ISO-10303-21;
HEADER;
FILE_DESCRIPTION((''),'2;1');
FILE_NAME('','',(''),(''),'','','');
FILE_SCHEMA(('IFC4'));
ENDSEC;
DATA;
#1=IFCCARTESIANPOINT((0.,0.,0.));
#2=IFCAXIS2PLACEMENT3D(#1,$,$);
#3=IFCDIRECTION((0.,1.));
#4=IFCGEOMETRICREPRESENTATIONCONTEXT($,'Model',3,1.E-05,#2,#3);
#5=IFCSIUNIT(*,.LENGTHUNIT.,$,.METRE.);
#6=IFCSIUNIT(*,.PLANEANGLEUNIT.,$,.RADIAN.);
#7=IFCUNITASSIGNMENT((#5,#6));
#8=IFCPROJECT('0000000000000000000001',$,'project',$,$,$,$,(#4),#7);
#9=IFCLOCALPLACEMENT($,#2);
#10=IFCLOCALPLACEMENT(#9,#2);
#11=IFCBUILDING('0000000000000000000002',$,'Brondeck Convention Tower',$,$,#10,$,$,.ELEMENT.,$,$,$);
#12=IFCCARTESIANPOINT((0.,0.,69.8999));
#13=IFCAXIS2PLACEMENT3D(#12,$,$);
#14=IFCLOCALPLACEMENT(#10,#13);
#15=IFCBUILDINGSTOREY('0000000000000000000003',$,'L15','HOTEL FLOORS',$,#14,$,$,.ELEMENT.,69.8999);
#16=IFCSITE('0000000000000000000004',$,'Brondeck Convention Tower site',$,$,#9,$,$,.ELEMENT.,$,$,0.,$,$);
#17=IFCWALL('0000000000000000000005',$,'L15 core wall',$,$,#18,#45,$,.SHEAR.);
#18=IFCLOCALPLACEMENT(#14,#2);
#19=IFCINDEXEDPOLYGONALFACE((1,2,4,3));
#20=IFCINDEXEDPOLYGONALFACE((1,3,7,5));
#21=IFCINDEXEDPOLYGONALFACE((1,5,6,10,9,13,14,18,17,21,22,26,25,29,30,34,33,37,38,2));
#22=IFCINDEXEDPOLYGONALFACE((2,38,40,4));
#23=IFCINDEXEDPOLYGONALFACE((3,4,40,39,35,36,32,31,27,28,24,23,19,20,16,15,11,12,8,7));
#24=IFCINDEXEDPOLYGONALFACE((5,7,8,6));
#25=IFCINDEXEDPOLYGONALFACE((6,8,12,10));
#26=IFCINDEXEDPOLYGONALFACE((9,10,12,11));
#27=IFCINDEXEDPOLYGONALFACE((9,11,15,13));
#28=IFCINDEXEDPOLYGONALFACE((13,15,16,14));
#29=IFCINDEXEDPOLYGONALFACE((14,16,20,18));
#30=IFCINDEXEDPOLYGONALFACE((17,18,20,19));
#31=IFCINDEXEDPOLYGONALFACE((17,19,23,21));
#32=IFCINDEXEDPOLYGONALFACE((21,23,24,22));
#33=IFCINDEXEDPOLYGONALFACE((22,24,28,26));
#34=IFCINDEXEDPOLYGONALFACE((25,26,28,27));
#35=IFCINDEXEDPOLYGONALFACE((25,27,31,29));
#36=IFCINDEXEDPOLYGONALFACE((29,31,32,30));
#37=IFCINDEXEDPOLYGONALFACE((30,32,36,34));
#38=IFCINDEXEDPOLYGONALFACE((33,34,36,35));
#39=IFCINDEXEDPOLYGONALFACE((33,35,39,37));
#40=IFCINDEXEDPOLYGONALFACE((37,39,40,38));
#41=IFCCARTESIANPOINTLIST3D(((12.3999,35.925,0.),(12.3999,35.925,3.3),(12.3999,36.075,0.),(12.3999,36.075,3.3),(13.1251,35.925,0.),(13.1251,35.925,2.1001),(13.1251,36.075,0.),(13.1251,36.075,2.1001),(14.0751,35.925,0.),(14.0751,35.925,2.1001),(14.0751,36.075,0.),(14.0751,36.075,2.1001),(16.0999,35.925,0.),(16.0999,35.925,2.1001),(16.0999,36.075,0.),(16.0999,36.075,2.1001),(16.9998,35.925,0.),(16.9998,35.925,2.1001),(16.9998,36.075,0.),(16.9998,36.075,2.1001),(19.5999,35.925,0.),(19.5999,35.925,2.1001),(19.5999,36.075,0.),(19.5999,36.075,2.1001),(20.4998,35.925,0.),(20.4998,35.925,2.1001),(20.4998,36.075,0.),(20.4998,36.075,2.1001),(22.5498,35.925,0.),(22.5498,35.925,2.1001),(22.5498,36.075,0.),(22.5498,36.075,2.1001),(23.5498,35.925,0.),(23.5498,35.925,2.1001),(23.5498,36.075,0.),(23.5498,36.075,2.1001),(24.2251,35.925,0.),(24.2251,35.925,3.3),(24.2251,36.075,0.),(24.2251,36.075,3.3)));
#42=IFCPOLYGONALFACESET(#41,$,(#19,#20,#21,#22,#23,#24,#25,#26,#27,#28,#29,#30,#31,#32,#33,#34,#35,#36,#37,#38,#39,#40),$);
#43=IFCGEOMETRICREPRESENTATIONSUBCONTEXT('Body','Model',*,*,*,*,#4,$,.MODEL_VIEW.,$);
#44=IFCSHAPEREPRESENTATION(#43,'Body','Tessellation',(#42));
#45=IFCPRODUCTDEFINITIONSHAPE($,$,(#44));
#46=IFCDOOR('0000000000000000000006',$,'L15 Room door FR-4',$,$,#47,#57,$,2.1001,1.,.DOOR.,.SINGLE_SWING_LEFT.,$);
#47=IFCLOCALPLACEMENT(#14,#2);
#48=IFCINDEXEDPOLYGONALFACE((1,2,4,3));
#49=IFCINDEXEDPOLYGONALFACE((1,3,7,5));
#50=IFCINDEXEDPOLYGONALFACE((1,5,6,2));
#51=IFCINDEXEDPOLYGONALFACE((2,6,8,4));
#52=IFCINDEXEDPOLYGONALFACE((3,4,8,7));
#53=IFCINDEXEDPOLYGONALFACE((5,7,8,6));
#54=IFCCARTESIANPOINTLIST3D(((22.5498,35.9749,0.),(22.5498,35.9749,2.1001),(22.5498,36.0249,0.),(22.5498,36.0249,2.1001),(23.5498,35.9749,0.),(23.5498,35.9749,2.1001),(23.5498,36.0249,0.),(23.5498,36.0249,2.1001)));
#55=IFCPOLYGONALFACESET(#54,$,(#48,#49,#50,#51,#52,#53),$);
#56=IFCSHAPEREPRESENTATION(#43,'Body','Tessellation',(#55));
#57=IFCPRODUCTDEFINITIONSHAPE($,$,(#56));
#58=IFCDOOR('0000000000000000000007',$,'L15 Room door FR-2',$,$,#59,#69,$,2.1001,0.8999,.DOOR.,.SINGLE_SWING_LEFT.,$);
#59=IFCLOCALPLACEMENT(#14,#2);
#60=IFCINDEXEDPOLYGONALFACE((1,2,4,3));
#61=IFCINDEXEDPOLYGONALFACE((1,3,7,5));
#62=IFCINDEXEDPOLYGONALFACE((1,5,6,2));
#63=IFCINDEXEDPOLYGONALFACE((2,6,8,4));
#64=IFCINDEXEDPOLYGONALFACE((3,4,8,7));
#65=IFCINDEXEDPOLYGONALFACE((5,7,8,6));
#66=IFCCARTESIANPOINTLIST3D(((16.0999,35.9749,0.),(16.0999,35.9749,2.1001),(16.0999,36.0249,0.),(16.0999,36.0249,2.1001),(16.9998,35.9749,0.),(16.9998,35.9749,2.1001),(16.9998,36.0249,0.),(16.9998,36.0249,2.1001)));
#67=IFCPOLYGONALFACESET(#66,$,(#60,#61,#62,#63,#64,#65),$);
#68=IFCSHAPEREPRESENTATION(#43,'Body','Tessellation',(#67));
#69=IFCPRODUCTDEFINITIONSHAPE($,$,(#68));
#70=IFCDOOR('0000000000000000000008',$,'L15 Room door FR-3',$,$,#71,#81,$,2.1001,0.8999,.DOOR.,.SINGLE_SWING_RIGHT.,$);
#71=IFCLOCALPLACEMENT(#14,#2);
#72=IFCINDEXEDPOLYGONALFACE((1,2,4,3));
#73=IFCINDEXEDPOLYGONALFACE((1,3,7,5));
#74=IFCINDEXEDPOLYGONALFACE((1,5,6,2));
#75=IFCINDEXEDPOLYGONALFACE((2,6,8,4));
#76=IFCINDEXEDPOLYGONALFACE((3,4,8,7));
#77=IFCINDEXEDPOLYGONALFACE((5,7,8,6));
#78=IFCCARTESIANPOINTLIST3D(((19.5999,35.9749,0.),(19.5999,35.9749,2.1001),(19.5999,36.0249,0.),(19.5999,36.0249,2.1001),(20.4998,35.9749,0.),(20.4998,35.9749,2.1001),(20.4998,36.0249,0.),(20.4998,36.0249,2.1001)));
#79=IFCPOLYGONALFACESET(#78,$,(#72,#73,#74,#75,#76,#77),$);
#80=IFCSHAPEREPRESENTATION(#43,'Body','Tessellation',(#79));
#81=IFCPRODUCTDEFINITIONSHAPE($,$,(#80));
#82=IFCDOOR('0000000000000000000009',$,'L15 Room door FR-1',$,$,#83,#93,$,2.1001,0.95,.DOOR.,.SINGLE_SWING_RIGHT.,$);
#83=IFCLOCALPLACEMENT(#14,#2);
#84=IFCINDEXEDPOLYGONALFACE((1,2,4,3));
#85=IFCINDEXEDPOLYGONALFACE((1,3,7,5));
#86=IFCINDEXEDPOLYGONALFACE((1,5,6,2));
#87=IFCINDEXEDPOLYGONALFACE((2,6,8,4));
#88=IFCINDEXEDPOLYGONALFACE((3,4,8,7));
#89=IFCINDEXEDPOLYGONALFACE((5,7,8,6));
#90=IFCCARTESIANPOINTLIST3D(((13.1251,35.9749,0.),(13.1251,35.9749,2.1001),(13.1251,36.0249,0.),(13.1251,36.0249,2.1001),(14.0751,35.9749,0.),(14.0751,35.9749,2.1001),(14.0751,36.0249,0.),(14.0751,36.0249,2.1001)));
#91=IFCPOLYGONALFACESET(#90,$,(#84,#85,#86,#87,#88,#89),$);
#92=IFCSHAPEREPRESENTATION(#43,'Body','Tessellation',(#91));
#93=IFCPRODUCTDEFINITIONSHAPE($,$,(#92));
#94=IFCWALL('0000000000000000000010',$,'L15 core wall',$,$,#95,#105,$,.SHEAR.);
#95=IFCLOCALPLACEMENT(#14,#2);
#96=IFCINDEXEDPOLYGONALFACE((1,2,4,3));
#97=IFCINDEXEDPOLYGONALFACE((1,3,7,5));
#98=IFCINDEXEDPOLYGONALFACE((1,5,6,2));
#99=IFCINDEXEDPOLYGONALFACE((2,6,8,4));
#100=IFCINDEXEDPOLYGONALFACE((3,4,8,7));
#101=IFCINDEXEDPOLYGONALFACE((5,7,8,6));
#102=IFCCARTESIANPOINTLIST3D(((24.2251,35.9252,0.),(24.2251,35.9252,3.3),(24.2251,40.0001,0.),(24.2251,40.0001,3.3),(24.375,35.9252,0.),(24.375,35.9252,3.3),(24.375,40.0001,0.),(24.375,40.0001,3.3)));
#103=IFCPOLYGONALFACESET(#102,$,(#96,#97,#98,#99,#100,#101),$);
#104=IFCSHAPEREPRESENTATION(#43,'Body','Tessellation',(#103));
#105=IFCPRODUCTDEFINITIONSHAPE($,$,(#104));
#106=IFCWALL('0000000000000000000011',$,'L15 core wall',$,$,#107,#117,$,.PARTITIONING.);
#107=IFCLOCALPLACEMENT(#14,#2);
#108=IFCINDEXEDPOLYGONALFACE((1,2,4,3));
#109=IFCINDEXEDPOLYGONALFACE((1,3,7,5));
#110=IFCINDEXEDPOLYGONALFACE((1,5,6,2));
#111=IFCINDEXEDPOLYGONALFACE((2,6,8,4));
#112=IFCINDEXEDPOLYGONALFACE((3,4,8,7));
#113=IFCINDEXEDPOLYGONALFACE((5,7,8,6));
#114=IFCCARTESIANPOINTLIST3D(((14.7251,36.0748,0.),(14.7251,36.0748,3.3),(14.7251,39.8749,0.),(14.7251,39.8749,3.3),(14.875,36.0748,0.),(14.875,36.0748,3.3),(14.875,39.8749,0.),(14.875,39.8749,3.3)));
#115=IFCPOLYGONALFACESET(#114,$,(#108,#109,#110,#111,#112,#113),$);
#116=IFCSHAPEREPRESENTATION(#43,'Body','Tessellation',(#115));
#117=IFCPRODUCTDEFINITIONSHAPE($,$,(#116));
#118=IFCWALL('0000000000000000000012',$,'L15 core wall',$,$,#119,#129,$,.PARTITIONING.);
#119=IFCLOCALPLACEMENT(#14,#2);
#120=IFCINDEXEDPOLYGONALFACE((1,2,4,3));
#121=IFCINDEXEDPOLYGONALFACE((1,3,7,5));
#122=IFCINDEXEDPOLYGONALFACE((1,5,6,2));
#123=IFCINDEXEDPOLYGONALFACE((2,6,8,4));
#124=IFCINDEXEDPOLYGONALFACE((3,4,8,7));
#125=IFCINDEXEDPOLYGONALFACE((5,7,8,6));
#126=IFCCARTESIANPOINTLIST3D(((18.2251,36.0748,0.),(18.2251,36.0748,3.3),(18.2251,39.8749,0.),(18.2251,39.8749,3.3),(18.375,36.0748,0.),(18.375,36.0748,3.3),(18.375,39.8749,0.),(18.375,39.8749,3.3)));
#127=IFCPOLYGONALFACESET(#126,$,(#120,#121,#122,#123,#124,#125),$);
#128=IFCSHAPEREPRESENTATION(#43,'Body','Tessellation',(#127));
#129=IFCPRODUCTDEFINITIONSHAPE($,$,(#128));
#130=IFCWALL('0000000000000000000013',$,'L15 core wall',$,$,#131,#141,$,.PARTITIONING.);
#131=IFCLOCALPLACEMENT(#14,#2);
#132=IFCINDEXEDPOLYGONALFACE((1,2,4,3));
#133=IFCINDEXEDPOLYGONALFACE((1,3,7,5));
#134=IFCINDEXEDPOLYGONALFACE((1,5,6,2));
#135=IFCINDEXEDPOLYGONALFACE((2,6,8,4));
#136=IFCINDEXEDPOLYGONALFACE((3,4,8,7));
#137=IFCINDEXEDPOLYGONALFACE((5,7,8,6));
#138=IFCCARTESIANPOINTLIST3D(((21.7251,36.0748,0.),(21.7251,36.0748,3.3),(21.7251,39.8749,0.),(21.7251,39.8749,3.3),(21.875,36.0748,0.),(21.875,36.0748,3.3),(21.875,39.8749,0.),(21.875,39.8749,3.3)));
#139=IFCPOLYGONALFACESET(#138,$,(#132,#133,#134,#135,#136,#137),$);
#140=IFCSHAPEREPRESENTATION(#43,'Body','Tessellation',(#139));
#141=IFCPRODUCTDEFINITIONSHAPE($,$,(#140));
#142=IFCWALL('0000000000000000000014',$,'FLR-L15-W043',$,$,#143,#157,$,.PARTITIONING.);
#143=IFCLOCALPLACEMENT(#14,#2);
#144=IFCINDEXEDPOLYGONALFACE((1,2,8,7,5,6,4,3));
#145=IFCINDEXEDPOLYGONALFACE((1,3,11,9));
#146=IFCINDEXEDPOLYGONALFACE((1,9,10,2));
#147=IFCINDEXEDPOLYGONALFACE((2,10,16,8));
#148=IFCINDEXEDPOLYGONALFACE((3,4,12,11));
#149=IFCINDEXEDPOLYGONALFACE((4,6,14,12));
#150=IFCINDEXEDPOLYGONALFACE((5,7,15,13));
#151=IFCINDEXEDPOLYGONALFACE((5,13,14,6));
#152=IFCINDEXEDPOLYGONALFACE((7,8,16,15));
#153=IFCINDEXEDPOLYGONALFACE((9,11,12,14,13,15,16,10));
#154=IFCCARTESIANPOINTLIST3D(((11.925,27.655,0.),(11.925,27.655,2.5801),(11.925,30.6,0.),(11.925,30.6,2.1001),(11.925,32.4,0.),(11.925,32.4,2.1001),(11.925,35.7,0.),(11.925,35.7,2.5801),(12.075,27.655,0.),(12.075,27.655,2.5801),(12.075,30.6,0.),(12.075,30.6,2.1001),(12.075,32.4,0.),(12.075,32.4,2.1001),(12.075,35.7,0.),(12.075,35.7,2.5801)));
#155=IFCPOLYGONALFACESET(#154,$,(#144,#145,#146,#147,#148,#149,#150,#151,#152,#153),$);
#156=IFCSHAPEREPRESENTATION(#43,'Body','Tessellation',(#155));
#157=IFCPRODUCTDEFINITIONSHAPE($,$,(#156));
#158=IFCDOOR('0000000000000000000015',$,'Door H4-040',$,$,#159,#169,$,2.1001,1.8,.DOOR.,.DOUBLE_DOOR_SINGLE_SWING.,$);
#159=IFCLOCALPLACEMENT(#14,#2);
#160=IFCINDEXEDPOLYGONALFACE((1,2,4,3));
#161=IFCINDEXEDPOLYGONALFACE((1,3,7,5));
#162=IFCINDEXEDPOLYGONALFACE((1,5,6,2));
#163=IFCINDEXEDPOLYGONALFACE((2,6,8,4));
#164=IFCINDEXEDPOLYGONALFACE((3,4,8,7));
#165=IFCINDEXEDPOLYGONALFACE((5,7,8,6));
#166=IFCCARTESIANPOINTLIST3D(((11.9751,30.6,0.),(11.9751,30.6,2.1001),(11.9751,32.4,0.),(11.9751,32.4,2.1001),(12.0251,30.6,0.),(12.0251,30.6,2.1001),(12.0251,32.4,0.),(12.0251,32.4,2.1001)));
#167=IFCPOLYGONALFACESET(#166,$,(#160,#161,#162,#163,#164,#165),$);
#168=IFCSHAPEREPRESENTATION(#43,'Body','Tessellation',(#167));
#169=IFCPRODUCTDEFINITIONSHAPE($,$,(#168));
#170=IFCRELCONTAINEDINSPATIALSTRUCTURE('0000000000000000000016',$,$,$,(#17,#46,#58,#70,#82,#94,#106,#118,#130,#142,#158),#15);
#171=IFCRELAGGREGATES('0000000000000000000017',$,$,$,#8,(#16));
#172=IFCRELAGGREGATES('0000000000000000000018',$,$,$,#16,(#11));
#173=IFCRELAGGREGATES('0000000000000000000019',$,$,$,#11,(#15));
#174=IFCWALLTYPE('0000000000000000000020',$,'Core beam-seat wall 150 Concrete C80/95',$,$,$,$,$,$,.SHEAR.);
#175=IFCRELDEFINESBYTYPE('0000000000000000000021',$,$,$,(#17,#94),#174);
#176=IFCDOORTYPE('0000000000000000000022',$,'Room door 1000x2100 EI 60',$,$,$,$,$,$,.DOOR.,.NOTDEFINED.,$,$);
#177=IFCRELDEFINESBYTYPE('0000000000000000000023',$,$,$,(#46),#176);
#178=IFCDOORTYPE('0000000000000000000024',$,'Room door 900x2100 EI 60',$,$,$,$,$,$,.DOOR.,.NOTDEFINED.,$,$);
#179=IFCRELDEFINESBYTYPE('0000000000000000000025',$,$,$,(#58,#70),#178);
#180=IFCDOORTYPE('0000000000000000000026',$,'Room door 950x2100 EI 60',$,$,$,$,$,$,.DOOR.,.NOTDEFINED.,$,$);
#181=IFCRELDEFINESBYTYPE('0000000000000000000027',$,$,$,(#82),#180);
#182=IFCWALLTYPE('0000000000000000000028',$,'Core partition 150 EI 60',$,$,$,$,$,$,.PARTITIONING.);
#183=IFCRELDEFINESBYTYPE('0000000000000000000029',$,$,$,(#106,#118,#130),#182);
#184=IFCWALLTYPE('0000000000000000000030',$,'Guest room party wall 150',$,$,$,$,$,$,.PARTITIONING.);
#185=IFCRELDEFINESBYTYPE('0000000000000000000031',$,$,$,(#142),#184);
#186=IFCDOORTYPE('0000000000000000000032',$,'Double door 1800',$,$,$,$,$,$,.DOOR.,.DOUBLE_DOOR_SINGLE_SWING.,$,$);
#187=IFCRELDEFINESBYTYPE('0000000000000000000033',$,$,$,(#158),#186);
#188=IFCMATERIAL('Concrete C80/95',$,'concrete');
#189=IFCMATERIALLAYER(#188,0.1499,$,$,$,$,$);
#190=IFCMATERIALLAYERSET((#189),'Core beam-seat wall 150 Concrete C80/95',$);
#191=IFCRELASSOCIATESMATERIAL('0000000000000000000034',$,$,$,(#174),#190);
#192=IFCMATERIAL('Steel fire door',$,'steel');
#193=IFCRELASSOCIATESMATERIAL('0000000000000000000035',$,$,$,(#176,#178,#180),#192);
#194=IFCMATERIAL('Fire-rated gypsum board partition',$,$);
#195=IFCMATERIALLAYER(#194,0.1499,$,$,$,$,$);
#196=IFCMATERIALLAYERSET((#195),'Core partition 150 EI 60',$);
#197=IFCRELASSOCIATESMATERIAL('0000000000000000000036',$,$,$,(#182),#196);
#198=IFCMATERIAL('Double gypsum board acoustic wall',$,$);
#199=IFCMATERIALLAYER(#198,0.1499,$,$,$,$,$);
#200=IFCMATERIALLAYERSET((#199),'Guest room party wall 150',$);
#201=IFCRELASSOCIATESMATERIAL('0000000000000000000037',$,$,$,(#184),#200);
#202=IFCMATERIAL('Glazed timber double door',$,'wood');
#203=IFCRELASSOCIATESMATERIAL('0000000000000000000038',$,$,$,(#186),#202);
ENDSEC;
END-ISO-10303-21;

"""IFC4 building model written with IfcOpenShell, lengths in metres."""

from ifc_helpers import new_model, si_unit, direction, frame, frame_2d, origin, place, context, subcontext, project, spatial, rectangle, extrude, material, layer, layer_set, type_object, element, fill, save


model = new_model("IFC4")

# Units and contexts
model_context = context("Model", 3, precision=1e-05, world=origin(), true_north=direction((0.0, 1.0)))
body_context = subcontext(model_context, "Body", "Model", "MODEL_VIEW")
ifc_project = project(units=[si_unit("LENGTHUNIT", "METRE"), si_unit("PLANEANGLEUNIT", "RADIAN")], contexts=[model_context])

# Site, building, storey
site_placement = place(None, origin())
site = spatial("IfcSite", under=ifc_project, at=site_placement, Name="Brondeck Convention Tower site", CompositionType="ELEMENT", RefElevation=0.0)
building_placement = place(site_placement, origin())
building = spatial("IfcBuilding", under=site, at=building_placement, Name="Brondeck Convention Tower", CompositionType="ELEMENT")
storey_placement = place(building_placement, frame((0.0, 0.0, 69.8999)))
storey = spatial("IfcBuildingStorey", under=building, at=storey_placement, Name="L15", Description="HOTEL FLOORS", CompositionType="ELEMENT", Elevation=69.8999)

# Wall, openings, doors
ifc_material_1 = material(Name="Concrete C80/95", Category="concrete")
ifc_layer_1 = layer(ifc_material_1, 0.1499)
ifc_layer_set_1 = layer_set([ifc_layer_1], Name="Core beam-seat wall 150 Concrete C80/95")
wall_type_1 = type_object("IfcWallType", Name="Core beam-seat wall 150 Concrete C80/95", PredefinedType="SHEAR", material=ifc_layer_set_1)
wall_1_placement = place(storey_placement, frame((12.3999, 36.0, 0.0), z_axis=(0.0, 0.0, 1.0), x_axis=(1.0, 0.0, 0.0)))
wall_1 = element("IfcWall", 1, at=wall_1_placement, inside=storey, type_object=wall_type_1, Name="L15 core wall", PredefinedType="SHEAR", context=body_context, shape_type="SweptSolid", body=[
    extrude(rectangle(XDim=11.8252, YDim=0.1499, at=frame_2d((5.9126, 0.0))), origin(), (0.0, 0.0, 1.0), 3.3),
])
opening_1_placement = place(wall_1_placement, frame((0.7251, 0.0, 0.0)))
opening_1 = element("IfcOpeningElement", 2, at=opening_1_placement, cuts=wall_1, PredefinedType="OPENING", context=body_context, shape_type="SweptSolid", body=[
    extrude(rectangle(XDim=0.95, YDim=2.1001, at=frame_2d((0.4751, 1.05))), frame((0.0, 0.085, 0.0), z_axis=(0.0, -1.0, 0.0), x_axis=(1.0, 0.0, 0.0)), (0.0, 0.0, 1.0), 0.1699),
])
opening_2_placement = place(wall_1_placement, frame((3.7, 0.0, 0.0)))
opening_2 = element("IfcOpeningElement", 3, at=opening_2_placement, cuts=wall_1, PredefinedType="OPENING", context=body_context, shape_type="SweptSolid", body=[
    extrude(rectangle(XDim=0.8999, YDim=2.1001, at=frame_2d((0.45, 1.05))), frame((0.0, 0.085, 0.0), z_axis=(0.0, -1.0, 0.0), x_axis=(1.0, 0.0, 0.0)), (0.0, 0.0, 1.0), 0.1699),
])
opening_3_placement = place(wall_1_placement, frame((7.2, 0.0, 0.0)))
opening_3 = element("IfcOpeningElement", 4, at=opening_3_placement, cuts=wall_1, PredefinedType="OPENING", context=body_context, shape_type="SweptSolid", body=[
    extrude(rectangle(XDim=0.8999, YDim=2.1001, at=frame_2d((0.45, 1.05))), frame((0.0, 0.085, 0.0), z_axis=(0.0, -1.0, 0.0), x_axis=(1.0, 0.0, 0.0)), (0.0, 0.0, 1.0), 0.1699),
])
opening_4_placement = place(wall_1_placement, frame((10.1499, 0.0, 0.0)))
opening_4 = element("IfcOpeningElement", 5, at=opening_4_placement, cuts=wall_1, PredefinedType="OPENING", context=body_context, shape_type="SweptSolid", body=[
    extrude(rectangle(XDim=1.0, YDim=2.1001, at=frame_2d((0.5, 1.05))), frame((0.0, 0.085, 0.0), z_axis=(0.0, -1.0, 0.0), x_axis=(1.0, 0.0, 0.0)), (0.0, 0.0, 1.0), 0.1699),
])
ifc_material_2 = material(Name="Steel fire door", Category="steel")
door_type_1 = type_object("IfcDoorType", Name="Room door 1000x2100 EI 60", OperationType="NOTDEFINED", PredefinedType="DOOR", material=ifc_material_2)
door_1_placement = place(opening_4_placement, origin())
door_1 = element("IfcDoor", 6, at=door_1_placement, inside=storey, type_object=door_type_1, Name="L15 Room door FR-4", OperationType="SINGLE_SWING_LEFT", OverallHeight=2.1001, OverallWidth=1.0, PredefinedType="DOOR", context=body_context, shape_type="SweptSolid", body=[
    extrude(rectangle(XDim=1.0, YDim=2.1001, at=frame_2d((0.5, 1.05))), frame((0.0, 0.0249, 0.0), z_axis=(0.0, -1.0, 0.0), x_axis=(1.0, 0.0, 0.0)), (0.0, 0.0, 1.0), 0.05),
])
fill(opening_4, door_1)
door_type_2 = type_object("IfcDoorType", Name="Room door 900x2100 EI 60", OperationType="NOTDEFINED", PredefinedType="DOOR", material=ifc_material_2)
door_2_placement = place(opening_2_placement, origin())
door_2 = element("IfcDoor", 7, at=door_2_placement, inside=storey, type_object=door_type_2, Name="L15 Room door FR-2", OperationType="SINGLE_SWING_LEFT", OverallHeight=2.1001, OverallWidth=0.8999, PredefinedType="DOOR", context=body_context, shape_type="SweptSolid", body=[
    extrude(rectangle(XDim=0.8999, YDim=2.1001, at=frame_2d((0.45, 1.05))), frame((0.0, 0.0249, 0.0), z_axis=(0.0, -1.0, 0.0), x_axis=(1.0, 0.0, 0.0)), (0.0, 0.0, 1.0), 0.05),
])
fill(opening_2, door_2)
door_3_placement = place(opening_3_placement, origin())
door_3 = element("IfcDoor", 8, at=door_3_placement, inside=storey, type_object=door_type_2, Name="L15 Room door FR-3", OperationType="SINGLE_SWING_RIGHT", OverallHeight=2.1001, OverallWidth=0.8999, PredefinedType="DOOR", context=body_context, shape_type="SweptSolid", body=[
    extrude(rectangle(XDim=0.8999, YDim=2.1001, at=frame_2d((0.45, 1.05))), frame((0.0, 0.0249, 0.0), z_axis=(0.0, -1.0, 0.0), x_axis=(1.0, 0.0, 0.0)), (0.0, 0.0, 1.0), 0.05),
])
fill(opening_3, door_3)
door_type_3 = type_object("IfcDoorType", Name="Room door 950x2100 EI 60", OperationType="NOTDEFINED", PredefinedType="DOOR", material=ifc_material_2)
door_4_placement = place(opening_1_placement, origin())
door_4 = element("IfcDoor", 9, at=door_4_placement, inside=storey, type_object=door_type_3, Name="L15 Room door FR-1", OperationType="SINGLE_SWING_RIGHT", OverallHeight=2.1001, OverallWidth=0.95, PredefinedType="DOOR", context=body_context, shape_type="SweptSolid", body=[
    extrude(rectangle(XDim=0.95, YDim=2.1001, at=frame_2d((0.4751, 1.05))), frame((0.0, 0.0249, 0.0), z_axis=(0.0, -1.0, 0.0), x_axis=(1.0, 0.0, 0.0)), (0.0, 0.0, 1.0), 0.05),
])
fill(opening_1, door_4)

# Walls
wall_2_placement = place(storey_placement, frame((24.3, 35.925, 0.0), z_axis=(0.0, 0.0, 1.0), x_axis=(0.0, 1.0, 0.0)))
element("IfcWall", 10, at=wall_2_placement, inside=storey, type_object=wall_type_1, Name="L15 core wall", PredefinedType="SHEAR", context=body_context, shape_type="SweptSolid", body=[
    extrude(rectangle(XDim=4.075, YDim=0.1499, at=frame_2d((2.0376, 0.0))), origin(), (0.0, 0.0, 1.0), 3.3),
])
ifc_material_3 = material(Name="Fire-rated gypsum board partition")
ifc_layer_2 = layer(ifc_material_3, 0.1499)
ifc_layer_set_2 = layer_set([ifc_layer_2], Name="Core partition 150 EI 60")
wall_type_2 = type_object("IfcWallType", Name="Core partition 150 EI 60", PredefinedType="PARTITIONING", material=ifc_layer_set_2)
for number, where, z_axis, x_axis, name in (
    (11, (14.8, 36.075, 0.0), (0.0, 0.0, 1.0), (0.0, 1.0, 0.0), "L15 core wall"),
    (12, (18.3, 36.075, 0.0), (0.0, 0.0, 1.0), (0.0, 1.0, 0.0), "L15 core wall"),
    (13, (21.8, 36.075, 0.0), (0.0, 0.0, 1.0), (0.0, 1.0, 0.0), "L15 core wall"),
):
    element("IfcWall", number, at=place(storey_placement, frame(where, z_axis=z_axis, x_axis=x_axis)), inside=storey, type_object=wall_type_2, Name=name, PredefinedType="PARTITIONING", context=body_context, shape_type="SweptSolid", body=[
        extrude(rectangle(XDim=3.8, YDim=0.1499, at=frame_2d((1.8999, 0.0))), origin(), (0.0, 0.0, 1.0), 3.3),
    ])

# Wall, opening, door
ifc_material_4 = material(Name="Double gypsum board acoustic wall")
ifc_layer_3 = layer(ifc_material_4, 0.1499)
ifc_layer_set_3 = layer_set([ifc_layer_3], Name="Guest room party wall 150")
wall_type_3 = type_object("IfcWallType", Name="Guest room party wall 150", PredefinedType="PARTITIONING", material=ifc_layer_set_3)
wall_3_placement = place(storey_placement, frame((12.0, 27.655, 0.0), z_axis=(0.0, 0.0, 1.0), x_axis=(0.0, 1.0, 0.0)))
wall_3 = element("IfcWall", 14, at=wall_3_placement, inside=storey, type_object=wall_type_3, Name="FLR-L15-W043", PredefinedType="PARTITIONING", context=body_context, shape_type="SweptSolid", body=[
    extrude(rectangle(XDim=8.0449, YDim=0.1499, at=frame_2d((4.0225, 0.0))), origin(), (0.0, 0.0, 1.0), 2.5801),
])
opening_5_placement = place(wall_3_placement, frame((2.9451, 0.0, 0.0)))
opening_5 = element("IfcOpeningElement", 15, at=opening_5_placement, cuts=wall_3, PredefinedType="OPENING", context=body_context, shape_type="SweptSolid", body=[
    extrude(rectangle(XDim=1.8, YDim=2.1001, at=frame_2d((0.8999, 1.05))), frame((0.0, 0.085, 0.0), z_axis=(0.0, -1.0, 0.0), x_axis=(1.0, 0.0, 0.0)), (0.0, 0.0, 1.0), 0.1699),
])
ifc_material_5 = material(Name="Glazed timber double door", Category="wood")
door_type_4 = type_object("IfcDoorType", Name="Double door 1800", OperationType="DOUBLE_DOOR_SINGLE_SWING", PredefinedType="DOOR", material=ifc_material_5)
door_5_placement = place(opening_5_placement, origin())
door_5 = element("IfcDoor", 16, at=door_5_placement, inside=storey, type_object=door_type_4, Name="Door H4-040", OperationType="DOUBLE_DOOR_SINGLE_SWING", OverallHeight=2.1001, OverallWidth=1.8, PredefinedType="DOOR", context=body_context, shape_type="SweptSolid", body=[
    extrude(rectangle(XDim=1.8, YDim=2.1001, at=frame_2d((0.8999, 1.05))), frame((0.0, 0.0249, 0.0), z_axis=(0.0, -1.0, 0.0), x_axis=(1.0, 0.0, 0.0)), (0.0, 0.0, 1.0), 0.05),
])
fill(opening_5, door_5)

save(model, "model.ifc")
